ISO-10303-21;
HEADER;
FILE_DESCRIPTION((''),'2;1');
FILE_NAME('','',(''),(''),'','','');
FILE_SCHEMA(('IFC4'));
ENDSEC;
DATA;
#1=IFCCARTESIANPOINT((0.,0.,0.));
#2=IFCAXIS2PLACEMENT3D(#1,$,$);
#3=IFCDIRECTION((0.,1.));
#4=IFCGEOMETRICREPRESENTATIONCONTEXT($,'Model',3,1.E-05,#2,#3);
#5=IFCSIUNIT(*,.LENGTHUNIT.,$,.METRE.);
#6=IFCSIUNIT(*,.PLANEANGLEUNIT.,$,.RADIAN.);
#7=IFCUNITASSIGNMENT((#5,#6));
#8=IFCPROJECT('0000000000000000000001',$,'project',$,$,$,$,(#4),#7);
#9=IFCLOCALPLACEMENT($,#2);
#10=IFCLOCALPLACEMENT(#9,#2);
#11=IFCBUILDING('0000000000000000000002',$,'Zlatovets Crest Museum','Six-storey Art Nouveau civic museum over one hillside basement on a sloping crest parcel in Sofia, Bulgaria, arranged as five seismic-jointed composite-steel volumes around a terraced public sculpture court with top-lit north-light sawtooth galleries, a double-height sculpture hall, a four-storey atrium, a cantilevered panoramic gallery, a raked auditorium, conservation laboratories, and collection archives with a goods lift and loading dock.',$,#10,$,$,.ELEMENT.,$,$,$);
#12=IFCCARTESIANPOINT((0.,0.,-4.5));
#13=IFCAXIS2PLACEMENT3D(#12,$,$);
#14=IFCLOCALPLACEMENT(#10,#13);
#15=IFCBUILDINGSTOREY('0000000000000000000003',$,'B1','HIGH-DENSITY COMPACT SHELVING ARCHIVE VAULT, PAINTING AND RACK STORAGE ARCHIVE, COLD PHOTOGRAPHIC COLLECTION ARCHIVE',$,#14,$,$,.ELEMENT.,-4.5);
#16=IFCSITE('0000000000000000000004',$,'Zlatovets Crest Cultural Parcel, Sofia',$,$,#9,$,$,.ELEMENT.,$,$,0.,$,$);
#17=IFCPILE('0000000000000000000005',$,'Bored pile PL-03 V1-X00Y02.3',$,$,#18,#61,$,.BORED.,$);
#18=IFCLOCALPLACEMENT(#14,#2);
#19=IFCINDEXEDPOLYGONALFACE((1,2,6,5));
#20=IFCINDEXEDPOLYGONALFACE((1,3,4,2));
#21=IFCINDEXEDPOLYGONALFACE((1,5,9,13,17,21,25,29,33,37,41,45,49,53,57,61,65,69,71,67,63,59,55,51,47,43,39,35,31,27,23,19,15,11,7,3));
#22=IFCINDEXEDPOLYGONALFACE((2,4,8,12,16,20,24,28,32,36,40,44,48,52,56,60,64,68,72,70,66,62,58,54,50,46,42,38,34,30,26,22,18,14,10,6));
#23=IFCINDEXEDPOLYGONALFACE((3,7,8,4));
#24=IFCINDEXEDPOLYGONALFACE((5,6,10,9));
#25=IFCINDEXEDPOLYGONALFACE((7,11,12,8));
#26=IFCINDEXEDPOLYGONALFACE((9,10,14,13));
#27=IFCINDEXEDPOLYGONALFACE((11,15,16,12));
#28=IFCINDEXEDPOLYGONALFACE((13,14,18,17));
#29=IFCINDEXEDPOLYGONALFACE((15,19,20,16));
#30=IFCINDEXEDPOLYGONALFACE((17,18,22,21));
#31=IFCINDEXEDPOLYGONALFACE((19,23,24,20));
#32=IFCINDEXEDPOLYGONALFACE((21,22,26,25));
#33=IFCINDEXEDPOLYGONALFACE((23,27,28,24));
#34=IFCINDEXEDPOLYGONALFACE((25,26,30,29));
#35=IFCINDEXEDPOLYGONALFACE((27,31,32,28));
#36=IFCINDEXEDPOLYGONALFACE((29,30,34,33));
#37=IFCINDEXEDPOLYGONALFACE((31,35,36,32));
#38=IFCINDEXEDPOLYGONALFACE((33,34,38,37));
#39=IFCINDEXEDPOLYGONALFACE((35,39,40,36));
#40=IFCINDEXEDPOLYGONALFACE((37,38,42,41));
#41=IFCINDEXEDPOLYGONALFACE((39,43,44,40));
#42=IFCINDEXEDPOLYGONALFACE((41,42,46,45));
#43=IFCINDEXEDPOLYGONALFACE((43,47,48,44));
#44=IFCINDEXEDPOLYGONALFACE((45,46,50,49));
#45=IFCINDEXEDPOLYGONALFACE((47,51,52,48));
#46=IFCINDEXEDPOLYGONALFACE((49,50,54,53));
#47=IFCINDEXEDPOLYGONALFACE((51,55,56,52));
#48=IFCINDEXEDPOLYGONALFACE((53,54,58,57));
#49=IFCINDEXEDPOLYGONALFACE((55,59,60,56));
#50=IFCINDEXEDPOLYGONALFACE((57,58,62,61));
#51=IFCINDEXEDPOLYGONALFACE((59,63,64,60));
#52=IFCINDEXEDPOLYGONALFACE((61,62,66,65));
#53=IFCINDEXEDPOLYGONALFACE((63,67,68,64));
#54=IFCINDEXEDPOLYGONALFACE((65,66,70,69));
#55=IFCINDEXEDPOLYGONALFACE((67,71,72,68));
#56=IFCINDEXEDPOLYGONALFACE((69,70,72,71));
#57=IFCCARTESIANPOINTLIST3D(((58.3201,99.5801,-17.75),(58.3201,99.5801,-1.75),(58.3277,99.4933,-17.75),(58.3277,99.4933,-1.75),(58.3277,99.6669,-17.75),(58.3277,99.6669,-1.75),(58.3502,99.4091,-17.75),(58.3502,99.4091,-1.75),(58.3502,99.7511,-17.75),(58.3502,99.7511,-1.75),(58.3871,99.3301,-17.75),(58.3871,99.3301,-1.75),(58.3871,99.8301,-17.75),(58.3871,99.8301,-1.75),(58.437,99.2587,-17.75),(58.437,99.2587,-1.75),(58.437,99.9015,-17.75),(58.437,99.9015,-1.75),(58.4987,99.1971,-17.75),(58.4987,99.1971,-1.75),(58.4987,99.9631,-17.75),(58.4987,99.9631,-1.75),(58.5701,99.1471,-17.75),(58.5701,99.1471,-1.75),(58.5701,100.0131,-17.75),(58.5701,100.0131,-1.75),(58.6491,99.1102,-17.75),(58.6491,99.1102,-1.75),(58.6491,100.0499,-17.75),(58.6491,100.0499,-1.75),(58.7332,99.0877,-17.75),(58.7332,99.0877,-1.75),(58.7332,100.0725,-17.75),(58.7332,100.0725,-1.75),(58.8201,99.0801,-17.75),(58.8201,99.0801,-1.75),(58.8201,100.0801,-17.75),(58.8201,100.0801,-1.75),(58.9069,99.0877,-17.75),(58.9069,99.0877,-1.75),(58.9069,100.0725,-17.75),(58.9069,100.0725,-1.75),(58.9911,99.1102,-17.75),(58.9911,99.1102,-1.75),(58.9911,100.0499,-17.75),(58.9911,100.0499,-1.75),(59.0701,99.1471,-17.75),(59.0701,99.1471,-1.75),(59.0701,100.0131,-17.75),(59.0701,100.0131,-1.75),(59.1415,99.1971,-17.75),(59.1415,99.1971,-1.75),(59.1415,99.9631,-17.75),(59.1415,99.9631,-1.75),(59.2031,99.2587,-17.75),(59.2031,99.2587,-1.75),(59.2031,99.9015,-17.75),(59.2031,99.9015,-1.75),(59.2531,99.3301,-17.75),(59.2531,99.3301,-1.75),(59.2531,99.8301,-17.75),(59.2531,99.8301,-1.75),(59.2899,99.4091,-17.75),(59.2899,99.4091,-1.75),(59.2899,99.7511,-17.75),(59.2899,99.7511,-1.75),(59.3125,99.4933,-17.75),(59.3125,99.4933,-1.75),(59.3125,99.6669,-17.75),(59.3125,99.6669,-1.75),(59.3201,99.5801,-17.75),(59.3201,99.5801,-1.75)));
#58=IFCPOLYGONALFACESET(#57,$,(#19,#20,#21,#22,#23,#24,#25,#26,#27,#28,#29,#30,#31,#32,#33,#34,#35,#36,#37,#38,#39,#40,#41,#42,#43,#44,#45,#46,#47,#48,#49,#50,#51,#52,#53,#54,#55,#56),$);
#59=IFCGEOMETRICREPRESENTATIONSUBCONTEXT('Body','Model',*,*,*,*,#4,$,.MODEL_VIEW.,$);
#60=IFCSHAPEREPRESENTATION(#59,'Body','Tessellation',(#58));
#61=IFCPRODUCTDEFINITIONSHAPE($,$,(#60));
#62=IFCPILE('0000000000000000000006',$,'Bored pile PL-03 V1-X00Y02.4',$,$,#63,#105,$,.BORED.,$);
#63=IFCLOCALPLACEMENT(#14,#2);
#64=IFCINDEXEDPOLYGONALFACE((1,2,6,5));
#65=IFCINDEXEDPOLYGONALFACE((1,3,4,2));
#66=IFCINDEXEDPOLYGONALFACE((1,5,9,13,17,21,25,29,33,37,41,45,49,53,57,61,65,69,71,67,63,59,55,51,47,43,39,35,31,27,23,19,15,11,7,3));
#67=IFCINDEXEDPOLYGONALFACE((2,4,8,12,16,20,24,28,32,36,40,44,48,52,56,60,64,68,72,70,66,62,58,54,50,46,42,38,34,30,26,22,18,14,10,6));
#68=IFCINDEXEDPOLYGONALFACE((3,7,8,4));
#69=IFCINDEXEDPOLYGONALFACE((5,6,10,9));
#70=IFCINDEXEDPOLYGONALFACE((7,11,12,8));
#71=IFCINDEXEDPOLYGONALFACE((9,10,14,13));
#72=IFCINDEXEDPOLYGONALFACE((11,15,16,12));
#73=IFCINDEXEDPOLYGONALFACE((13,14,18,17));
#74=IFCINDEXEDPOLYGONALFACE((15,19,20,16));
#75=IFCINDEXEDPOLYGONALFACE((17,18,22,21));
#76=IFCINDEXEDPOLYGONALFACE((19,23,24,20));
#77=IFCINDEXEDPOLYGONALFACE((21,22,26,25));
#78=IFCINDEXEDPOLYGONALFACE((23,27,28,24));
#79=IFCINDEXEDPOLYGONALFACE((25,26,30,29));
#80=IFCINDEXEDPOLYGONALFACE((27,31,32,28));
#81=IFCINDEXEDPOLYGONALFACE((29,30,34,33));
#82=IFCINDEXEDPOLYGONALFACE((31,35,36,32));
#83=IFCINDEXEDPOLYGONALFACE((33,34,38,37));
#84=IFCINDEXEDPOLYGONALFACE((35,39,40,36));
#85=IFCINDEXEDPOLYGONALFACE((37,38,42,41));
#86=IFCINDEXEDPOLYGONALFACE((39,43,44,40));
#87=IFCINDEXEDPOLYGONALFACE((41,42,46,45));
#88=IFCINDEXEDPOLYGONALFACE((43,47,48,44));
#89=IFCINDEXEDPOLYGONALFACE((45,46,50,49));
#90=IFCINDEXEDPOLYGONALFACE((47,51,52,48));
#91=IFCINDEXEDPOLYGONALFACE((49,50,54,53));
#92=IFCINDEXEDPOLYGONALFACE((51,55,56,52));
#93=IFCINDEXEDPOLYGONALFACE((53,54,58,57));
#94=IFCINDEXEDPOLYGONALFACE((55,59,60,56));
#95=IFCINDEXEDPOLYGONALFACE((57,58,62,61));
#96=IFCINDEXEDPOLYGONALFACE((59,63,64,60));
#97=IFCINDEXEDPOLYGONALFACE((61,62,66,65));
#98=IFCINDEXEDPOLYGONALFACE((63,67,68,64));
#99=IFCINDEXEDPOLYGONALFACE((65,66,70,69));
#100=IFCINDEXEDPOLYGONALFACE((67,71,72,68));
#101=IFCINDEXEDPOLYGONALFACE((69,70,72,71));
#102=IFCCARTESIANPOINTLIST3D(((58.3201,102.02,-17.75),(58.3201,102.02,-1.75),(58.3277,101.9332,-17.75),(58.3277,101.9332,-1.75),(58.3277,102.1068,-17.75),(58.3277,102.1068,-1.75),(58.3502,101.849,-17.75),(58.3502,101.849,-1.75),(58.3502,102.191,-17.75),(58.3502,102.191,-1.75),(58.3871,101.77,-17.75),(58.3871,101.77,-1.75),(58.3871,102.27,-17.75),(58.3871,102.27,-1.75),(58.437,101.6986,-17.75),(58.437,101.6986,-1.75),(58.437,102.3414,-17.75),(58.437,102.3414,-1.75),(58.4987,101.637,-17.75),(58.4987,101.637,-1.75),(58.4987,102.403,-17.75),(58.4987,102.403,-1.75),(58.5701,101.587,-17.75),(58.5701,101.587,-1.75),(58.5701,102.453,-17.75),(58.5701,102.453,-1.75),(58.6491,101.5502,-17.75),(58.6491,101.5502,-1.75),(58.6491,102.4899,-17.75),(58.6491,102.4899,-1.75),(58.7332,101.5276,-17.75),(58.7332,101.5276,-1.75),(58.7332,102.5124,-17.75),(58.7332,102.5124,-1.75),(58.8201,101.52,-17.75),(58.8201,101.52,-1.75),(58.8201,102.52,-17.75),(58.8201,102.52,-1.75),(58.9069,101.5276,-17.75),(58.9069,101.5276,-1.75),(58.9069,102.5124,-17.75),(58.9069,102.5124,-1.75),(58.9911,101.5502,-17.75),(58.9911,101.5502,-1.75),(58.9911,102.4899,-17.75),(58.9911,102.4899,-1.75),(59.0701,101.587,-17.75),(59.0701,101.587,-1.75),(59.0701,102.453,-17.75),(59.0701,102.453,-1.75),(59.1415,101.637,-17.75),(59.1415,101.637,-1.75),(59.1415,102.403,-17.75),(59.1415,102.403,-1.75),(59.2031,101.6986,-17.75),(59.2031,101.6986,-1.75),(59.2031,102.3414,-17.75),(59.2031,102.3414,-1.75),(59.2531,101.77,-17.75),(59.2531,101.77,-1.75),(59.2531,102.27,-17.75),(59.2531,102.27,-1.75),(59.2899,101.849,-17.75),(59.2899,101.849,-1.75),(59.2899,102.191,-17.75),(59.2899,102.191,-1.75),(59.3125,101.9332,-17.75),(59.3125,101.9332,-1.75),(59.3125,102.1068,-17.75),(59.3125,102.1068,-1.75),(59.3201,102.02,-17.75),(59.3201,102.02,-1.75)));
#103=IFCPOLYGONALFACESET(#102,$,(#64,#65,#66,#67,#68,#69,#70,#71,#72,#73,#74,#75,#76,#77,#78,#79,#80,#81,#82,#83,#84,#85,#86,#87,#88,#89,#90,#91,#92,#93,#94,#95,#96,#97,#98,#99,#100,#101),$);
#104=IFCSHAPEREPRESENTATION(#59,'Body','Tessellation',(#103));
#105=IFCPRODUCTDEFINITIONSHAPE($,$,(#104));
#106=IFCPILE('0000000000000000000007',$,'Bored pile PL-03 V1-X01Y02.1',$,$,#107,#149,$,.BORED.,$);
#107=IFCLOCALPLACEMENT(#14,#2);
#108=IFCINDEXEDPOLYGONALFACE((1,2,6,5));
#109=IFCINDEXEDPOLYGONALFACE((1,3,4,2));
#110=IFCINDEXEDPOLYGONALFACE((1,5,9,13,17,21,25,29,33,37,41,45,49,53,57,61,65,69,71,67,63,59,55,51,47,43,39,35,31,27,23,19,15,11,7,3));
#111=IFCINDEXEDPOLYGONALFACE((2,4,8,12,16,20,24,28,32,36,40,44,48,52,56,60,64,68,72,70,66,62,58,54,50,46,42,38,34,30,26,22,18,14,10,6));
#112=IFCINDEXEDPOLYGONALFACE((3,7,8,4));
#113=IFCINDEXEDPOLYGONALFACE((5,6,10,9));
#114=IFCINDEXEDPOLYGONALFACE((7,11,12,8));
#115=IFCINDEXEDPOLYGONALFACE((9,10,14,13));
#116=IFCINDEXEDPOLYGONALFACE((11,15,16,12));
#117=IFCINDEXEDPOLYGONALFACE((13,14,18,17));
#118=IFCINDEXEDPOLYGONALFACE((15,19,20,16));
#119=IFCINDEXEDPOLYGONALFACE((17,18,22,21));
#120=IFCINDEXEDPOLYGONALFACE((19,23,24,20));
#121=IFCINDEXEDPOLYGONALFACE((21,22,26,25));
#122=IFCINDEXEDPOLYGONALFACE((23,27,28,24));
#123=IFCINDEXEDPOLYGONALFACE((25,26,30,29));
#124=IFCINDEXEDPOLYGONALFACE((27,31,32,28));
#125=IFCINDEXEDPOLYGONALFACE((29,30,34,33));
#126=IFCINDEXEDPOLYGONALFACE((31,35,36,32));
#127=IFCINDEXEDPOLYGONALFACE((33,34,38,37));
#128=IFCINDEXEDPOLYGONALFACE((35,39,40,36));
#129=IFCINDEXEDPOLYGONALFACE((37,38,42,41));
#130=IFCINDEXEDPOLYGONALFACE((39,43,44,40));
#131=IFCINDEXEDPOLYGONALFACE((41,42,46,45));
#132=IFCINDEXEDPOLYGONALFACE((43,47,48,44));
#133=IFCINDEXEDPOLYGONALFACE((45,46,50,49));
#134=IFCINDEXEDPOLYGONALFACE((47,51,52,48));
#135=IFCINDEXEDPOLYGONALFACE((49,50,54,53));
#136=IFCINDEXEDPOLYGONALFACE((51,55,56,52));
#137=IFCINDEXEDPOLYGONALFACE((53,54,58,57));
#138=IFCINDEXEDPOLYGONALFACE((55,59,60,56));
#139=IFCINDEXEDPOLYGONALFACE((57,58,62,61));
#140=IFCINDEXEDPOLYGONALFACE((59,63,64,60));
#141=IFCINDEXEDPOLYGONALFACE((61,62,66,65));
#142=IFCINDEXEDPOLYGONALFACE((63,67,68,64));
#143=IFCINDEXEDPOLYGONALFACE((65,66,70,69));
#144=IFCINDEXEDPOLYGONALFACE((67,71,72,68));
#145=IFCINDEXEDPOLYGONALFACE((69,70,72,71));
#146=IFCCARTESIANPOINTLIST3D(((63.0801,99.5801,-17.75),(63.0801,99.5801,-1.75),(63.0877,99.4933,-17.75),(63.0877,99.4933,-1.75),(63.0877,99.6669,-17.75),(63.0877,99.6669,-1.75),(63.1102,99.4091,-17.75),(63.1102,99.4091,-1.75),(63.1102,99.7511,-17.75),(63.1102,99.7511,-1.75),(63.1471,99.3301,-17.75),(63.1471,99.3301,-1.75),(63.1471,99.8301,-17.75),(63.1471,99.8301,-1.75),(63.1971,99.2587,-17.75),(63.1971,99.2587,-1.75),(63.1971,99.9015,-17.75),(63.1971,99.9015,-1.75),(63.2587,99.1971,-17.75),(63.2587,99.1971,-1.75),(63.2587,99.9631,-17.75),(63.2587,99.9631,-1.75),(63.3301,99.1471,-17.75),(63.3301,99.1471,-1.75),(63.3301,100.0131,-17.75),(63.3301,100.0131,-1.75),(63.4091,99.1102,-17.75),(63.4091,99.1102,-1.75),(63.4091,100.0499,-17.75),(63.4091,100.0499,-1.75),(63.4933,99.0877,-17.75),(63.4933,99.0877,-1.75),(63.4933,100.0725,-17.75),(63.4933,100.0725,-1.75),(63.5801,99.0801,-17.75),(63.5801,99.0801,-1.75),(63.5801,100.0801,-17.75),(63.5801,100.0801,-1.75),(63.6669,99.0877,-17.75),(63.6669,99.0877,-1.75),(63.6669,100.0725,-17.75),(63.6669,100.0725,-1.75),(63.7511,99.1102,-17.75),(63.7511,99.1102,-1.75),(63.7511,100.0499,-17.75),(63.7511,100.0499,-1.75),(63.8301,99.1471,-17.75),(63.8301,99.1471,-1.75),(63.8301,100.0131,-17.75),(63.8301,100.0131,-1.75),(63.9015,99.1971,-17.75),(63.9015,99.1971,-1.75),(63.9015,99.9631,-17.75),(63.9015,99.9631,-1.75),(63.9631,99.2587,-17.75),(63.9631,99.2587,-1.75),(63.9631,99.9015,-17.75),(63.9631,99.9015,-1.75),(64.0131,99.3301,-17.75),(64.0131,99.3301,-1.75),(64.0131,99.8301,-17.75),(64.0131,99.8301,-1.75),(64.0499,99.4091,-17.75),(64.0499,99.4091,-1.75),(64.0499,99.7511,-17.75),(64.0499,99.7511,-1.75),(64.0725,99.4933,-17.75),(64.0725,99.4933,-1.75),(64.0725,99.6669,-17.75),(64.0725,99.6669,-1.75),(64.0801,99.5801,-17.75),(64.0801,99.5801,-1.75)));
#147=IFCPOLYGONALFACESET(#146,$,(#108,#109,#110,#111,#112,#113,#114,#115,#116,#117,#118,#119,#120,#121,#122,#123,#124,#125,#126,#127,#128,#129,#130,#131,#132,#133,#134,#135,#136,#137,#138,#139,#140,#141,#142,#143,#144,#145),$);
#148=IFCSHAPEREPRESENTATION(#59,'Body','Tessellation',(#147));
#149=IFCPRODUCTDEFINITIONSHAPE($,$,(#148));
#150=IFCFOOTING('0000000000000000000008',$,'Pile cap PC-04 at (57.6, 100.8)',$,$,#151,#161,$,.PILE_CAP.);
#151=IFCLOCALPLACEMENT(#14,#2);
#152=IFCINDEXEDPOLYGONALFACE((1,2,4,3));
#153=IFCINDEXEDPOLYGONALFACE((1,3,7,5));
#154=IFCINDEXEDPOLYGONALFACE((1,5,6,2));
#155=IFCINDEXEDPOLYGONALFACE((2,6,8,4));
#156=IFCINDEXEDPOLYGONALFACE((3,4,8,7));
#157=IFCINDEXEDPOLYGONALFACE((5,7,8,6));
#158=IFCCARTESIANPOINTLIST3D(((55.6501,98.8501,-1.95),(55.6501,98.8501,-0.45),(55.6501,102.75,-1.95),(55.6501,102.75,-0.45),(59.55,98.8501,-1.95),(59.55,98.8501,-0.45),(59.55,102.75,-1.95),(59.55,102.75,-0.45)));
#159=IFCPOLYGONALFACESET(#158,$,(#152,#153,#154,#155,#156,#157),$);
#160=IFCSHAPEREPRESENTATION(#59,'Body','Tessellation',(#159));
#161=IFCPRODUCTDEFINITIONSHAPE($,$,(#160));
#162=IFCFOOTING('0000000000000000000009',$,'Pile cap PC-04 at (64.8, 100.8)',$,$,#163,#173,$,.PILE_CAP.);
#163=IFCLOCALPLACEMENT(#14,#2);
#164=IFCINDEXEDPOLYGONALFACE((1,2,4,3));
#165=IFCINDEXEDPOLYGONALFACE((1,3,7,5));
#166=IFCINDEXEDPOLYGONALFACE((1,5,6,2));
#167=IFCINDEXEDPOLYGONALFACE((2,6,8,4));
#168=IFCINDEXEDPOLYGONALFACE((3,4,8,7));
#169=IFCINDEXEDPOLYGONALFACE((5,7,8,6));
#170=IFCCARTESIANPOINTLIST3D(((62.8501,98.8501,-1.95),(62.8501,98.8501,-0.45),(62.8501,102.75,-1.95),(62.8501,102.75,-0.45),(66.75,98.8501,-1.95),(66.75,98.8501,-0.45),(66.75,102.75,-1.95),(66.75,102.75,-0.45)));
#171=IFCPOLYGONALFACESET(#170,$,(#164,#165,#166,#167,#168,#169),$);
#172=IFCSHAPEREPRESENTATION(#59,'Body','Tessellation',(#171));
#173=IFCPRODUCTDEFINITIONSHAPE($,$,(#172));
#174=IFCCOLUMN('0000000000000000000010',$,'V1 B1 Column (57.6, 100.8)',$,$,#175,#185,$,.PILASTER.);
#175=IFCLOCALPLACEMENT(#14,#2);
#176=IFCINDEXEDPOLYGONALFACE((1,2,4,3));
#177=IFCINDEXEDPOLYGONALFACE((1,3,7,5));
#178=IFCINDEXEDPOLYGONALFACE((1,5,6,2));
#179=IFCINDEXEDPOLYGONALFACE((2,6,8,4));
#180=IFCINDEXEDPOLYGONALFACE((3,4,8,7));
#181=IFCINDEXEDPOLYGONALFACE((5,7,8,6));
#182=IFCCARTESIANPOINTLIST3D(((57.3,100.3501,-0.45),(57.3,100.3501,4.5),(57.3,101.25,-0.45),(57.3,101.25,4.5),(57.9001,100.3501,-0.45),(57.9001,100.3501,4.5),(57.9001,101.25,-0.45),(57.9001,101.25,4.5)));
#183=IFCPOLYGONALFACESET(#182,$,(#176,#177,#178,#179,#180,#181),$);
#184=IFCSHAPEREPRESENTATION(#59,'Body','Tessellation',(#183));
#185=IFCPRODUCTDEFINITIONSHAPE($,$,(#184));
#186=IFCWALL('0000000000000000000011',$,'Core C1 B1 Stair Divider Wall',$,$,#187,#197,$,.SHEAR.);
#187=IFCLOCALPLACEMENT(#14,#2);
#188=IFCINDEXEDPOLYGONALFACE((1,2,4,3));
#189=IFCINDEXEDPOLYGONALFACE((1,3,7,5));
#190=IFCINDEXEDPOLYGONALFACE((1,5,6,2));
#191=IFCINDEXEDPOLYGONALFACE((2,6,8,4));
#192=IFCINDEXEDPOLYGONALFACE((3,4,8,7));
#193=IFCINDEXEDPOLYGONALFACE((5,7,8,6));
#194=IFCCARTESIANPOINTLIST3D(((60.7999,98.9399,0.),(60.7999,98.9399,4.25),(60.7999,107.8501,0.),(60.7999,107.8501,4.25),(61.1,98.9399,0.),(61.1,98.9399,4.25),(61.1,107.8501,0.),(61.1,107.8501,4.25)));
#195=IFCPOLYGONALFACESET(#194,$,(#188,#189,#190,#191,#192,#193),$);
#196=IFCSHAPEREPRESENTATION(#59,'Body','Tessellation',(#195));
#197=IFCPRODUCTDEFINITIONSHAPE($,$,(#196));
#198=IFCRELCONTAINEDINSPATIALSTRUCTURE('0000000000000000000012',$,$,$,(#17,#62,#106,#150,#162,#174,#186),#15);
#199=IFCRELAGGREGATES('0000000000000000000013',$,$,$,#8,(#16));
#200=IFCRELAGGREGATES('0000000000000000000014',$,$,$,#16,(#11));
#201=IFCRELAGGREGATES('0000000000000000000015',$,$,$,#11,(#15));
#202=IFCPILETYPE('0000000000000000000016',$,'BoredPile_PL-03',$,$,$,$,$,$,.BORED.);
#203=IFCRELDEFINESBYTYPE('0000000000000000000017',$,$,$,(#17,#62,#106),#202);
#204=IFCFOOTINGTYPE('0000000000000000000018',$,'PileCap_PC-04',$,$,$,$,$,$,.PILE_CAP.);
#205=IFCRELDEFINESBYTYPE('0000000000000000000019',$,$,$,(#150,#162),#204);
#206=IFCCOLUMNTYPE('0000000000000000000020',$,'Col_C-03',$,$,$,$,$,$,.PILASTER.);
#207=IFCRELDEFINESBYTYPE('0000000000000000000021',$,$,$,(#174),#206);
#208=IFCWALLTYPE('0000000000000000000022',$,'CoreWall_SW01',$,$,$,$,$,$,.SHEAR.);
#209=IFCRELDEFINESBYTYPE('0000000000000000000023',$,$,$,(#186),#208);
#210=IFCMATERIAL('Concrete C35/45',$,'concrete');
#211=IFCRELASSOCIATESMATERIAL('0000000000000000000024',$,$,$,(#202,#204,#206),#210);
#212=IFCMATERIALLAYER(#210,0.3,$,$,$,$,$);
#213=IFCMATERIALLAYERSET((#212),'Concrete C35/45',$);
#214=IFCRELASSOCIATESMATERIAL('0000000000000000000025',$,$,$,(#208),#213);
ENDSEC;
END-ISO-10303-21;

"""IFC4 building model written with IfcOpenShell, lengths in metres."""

from ifc_helpers import new_model, si_unit, direction, frame, frame_2d, origin, origin_2d, place, context, subcontext, project, spatial, rectangle, circle, extrude, material, layer, layer_set, material_profile, profile_set, type_object, element, save


model = new_model("IFC4")

# Units and contexts
model_context = context("Model", 3, precision=1e-05, world=origin(), true_north=direction((0.0, 1.0)))
body_context = subcontext(model_context, "Body", "Model", "MODEL_VIEW")
ifc_project = project(units=[si_unit("LENGTHUNIT", "METRE"), si_unit("PLANEANGLEUNIT", "RADIAN")], contexts=[model_context])

# Site, building, storey
site_placement = place(None, origin())
site = spatial("IfcSite", under=ifc_project, at=site_placement, Name="Zlatovets Crest Cultural Parcel, Sofia", CompositionType="ELEMENT", RefElevation=0.0)
building_placement = place(site_placement, origin())
building = spatial("IfcBuilding", under=site, at=building_placement, Name="Zlatovets Crest Museum", Description="Six-storey Art Nouveau civic museum over one hillside basement on a sloping crest parcel in Sofia, Bulgaria, arranged as five seismic-jointed composite-steel volumes around a terraced public sculpture court with top-lit north-light sawtooth galleries, a double-height sculpture hall, a four-storey atrium, a cantilevered panoramic gallery, a raked auditorium, conservation laboratories, and collection archives with a goods lift and loading dock.", CompositionType="ELEMENT")
storey_placement = place(building_placement, frame((0.0, 0.0, -4.5)))
storey = spatial("IfcBuildingStorey", under=building, at=storey_placement, Name="B1", Description="HIGH-DENSITY COMPACT SHELVING ARCHIVE VAULT, PAINTING AND RACK STORAGE ARCHIVE, COLD PHOTOGRAPHIC COLLECTION ARCHIVE", CompositionType="ELEMENT", Elevation=-4.5)

# Piles
ifc_material_1 = material(Name="Concrete C35/45", Category="concrete")
ifc_material_profile_1 = material_profile(ifc_material_1, circle(Radius=0.5, at=origin_2d()), Name="PILE D1000")
ifc_profile_set_1 = profile_set([ifc_material_profile_1], Name="Concrete C35/45")
pile_type = type_object("IfcPileType", Name="BoredPile_PL-03", PredefinedType="BORED", material=ifc_profile_set_1)
for number, where, z_axis, x_axis, name in (
    (1, (58.8201, 99.5801, -1.75), (0.0, 0.0, -1.0), (1.0, 0.0, 0.0), "Bored pile PL-03 V1-X00Y02.3"),
    (2, (58.8201, 102.02, -1.75), (0.0, 0.0, -1.0), (1.0, 0.0, 0.0), "Bored pile PL-03 V1-X00Y02.4"),
    (3, (63.5801, 99.5801, -1.75), (0.0, 0.0, -1.0), (1.0, 0.0, 0.0), "Bored pile PL-03 V1-X01Y02.1"),
):
    element("IfcPile", number, at=place(storey_placement, frame(where, z_axis=z_axis, x_axis=x_axis)), inside=storey, type_object=pile_type, Name=name, PredefinedType="BORED", context=body_context, shape_type="SweptSolid", body=[
        extrude(circle(Radius=0.5, at=origin_2d()), origin(), (0.0, 0.0, 1.0), 16.0),
    ])

# Footings
footing_type = type_object("IfcFootingType", Name="PileCap_PC-04", PredefinedType="PILE_CAP", material=ifc_material_1)
for number, where, z_axis, x_axis, name in (
    (4, (57.6001, 100.8, -1.95), (0.0, 0.0, 1.0), (1.0, 0.0, 0.0), "Pile cap PC-04 at (57.6, 100.8)"),
    (5, (64.8, 100.8, -1.95), (0.0, 0.0, 1.0), (1.0, 0.0, 0.0), "Pile cap PC-04 at (64.8, 100.8)"),
):
    element("IfcFooting", number, at=place(storey_placement, frame(where, z_axis=z_axis, x_axis=x_axis)), inside=storey, type_object=footing_type, Name=name, PredefinedType="PILE_CAP", context=body_context, shape_type="SweptSolid", body=[
        extrude(rectangle(XDim=3.8999, YDim=3.8999, at=origin_2d()), origin(), (0.0, 0.0, 1.0), 1.5),
    ])

# Column
ifc_material_profile_2 = material_profile(ifc_material_1, rectangle(XDim=0.6001, YDim=0.8999, at=origin_2d()), Name="RC 600x900")
ifc_profile_set_2 = profile_set([ifc_material_profile_2], Name="Concrete C35/45")
column_type = type_object("IfcColumnType", Name="Col_C-03", PredefinedType="PILASTER", material=ifc_profile_set_2)
column_placement = place(storey_placement, frame((57.6001, 100.8, -0.45), z_axis=(0.0, 0.0, 1.0), x_axis=(1.0, 0.0, 0.0)))
element("IfcColumn", 6, at=column_placement, inside=storey, type_object=column_type, Name="V1 B1 Column (57.6, 100.8)", PredefinedType="PILASTER", context=body_context, shape_type="SweptSolid", body=[
    extrude(rectangle(XDim=0.6001, YDim=0.8999, at=origin_2d()), origin(), (0.0, 0.0, 1.0), 4.95),
])

# Wall
ifc_layer_1 = layer(ifc_material_1, 0.3)
ifc_layer_set_1 = layer_set([ifc_layer_1], Name="Concrete C35/45")
wall_type_1 = type_object("IfcWallType", Name="CoreWall_SW01", PredefinedType="SHEAR", material=ifc_layer_set_1)
wall_1_placement = place(storey_placement, frame((60.95, 98.9399, 0.0), z_axis=(0.0, 0.0, 1.0), x_axis=(0.0, 1.0, 0.0)))
element("IfcWall", 7, at=wall_1_placement, inside=storey, type_object=wall_type_1, Name="Core C1 B1 Stair Divider Wall", PredefinedType="SHEAR", context=body_context, shape_type="SweptSolid", body=[
    extrude(rectangle(XDim=8.9102, YDim=0.3, at=frame_2d((4.4551, 0.0))), origin(), (0.0, 0.0, 1.0), 4.25),
])

save(model, "model.ifc")
